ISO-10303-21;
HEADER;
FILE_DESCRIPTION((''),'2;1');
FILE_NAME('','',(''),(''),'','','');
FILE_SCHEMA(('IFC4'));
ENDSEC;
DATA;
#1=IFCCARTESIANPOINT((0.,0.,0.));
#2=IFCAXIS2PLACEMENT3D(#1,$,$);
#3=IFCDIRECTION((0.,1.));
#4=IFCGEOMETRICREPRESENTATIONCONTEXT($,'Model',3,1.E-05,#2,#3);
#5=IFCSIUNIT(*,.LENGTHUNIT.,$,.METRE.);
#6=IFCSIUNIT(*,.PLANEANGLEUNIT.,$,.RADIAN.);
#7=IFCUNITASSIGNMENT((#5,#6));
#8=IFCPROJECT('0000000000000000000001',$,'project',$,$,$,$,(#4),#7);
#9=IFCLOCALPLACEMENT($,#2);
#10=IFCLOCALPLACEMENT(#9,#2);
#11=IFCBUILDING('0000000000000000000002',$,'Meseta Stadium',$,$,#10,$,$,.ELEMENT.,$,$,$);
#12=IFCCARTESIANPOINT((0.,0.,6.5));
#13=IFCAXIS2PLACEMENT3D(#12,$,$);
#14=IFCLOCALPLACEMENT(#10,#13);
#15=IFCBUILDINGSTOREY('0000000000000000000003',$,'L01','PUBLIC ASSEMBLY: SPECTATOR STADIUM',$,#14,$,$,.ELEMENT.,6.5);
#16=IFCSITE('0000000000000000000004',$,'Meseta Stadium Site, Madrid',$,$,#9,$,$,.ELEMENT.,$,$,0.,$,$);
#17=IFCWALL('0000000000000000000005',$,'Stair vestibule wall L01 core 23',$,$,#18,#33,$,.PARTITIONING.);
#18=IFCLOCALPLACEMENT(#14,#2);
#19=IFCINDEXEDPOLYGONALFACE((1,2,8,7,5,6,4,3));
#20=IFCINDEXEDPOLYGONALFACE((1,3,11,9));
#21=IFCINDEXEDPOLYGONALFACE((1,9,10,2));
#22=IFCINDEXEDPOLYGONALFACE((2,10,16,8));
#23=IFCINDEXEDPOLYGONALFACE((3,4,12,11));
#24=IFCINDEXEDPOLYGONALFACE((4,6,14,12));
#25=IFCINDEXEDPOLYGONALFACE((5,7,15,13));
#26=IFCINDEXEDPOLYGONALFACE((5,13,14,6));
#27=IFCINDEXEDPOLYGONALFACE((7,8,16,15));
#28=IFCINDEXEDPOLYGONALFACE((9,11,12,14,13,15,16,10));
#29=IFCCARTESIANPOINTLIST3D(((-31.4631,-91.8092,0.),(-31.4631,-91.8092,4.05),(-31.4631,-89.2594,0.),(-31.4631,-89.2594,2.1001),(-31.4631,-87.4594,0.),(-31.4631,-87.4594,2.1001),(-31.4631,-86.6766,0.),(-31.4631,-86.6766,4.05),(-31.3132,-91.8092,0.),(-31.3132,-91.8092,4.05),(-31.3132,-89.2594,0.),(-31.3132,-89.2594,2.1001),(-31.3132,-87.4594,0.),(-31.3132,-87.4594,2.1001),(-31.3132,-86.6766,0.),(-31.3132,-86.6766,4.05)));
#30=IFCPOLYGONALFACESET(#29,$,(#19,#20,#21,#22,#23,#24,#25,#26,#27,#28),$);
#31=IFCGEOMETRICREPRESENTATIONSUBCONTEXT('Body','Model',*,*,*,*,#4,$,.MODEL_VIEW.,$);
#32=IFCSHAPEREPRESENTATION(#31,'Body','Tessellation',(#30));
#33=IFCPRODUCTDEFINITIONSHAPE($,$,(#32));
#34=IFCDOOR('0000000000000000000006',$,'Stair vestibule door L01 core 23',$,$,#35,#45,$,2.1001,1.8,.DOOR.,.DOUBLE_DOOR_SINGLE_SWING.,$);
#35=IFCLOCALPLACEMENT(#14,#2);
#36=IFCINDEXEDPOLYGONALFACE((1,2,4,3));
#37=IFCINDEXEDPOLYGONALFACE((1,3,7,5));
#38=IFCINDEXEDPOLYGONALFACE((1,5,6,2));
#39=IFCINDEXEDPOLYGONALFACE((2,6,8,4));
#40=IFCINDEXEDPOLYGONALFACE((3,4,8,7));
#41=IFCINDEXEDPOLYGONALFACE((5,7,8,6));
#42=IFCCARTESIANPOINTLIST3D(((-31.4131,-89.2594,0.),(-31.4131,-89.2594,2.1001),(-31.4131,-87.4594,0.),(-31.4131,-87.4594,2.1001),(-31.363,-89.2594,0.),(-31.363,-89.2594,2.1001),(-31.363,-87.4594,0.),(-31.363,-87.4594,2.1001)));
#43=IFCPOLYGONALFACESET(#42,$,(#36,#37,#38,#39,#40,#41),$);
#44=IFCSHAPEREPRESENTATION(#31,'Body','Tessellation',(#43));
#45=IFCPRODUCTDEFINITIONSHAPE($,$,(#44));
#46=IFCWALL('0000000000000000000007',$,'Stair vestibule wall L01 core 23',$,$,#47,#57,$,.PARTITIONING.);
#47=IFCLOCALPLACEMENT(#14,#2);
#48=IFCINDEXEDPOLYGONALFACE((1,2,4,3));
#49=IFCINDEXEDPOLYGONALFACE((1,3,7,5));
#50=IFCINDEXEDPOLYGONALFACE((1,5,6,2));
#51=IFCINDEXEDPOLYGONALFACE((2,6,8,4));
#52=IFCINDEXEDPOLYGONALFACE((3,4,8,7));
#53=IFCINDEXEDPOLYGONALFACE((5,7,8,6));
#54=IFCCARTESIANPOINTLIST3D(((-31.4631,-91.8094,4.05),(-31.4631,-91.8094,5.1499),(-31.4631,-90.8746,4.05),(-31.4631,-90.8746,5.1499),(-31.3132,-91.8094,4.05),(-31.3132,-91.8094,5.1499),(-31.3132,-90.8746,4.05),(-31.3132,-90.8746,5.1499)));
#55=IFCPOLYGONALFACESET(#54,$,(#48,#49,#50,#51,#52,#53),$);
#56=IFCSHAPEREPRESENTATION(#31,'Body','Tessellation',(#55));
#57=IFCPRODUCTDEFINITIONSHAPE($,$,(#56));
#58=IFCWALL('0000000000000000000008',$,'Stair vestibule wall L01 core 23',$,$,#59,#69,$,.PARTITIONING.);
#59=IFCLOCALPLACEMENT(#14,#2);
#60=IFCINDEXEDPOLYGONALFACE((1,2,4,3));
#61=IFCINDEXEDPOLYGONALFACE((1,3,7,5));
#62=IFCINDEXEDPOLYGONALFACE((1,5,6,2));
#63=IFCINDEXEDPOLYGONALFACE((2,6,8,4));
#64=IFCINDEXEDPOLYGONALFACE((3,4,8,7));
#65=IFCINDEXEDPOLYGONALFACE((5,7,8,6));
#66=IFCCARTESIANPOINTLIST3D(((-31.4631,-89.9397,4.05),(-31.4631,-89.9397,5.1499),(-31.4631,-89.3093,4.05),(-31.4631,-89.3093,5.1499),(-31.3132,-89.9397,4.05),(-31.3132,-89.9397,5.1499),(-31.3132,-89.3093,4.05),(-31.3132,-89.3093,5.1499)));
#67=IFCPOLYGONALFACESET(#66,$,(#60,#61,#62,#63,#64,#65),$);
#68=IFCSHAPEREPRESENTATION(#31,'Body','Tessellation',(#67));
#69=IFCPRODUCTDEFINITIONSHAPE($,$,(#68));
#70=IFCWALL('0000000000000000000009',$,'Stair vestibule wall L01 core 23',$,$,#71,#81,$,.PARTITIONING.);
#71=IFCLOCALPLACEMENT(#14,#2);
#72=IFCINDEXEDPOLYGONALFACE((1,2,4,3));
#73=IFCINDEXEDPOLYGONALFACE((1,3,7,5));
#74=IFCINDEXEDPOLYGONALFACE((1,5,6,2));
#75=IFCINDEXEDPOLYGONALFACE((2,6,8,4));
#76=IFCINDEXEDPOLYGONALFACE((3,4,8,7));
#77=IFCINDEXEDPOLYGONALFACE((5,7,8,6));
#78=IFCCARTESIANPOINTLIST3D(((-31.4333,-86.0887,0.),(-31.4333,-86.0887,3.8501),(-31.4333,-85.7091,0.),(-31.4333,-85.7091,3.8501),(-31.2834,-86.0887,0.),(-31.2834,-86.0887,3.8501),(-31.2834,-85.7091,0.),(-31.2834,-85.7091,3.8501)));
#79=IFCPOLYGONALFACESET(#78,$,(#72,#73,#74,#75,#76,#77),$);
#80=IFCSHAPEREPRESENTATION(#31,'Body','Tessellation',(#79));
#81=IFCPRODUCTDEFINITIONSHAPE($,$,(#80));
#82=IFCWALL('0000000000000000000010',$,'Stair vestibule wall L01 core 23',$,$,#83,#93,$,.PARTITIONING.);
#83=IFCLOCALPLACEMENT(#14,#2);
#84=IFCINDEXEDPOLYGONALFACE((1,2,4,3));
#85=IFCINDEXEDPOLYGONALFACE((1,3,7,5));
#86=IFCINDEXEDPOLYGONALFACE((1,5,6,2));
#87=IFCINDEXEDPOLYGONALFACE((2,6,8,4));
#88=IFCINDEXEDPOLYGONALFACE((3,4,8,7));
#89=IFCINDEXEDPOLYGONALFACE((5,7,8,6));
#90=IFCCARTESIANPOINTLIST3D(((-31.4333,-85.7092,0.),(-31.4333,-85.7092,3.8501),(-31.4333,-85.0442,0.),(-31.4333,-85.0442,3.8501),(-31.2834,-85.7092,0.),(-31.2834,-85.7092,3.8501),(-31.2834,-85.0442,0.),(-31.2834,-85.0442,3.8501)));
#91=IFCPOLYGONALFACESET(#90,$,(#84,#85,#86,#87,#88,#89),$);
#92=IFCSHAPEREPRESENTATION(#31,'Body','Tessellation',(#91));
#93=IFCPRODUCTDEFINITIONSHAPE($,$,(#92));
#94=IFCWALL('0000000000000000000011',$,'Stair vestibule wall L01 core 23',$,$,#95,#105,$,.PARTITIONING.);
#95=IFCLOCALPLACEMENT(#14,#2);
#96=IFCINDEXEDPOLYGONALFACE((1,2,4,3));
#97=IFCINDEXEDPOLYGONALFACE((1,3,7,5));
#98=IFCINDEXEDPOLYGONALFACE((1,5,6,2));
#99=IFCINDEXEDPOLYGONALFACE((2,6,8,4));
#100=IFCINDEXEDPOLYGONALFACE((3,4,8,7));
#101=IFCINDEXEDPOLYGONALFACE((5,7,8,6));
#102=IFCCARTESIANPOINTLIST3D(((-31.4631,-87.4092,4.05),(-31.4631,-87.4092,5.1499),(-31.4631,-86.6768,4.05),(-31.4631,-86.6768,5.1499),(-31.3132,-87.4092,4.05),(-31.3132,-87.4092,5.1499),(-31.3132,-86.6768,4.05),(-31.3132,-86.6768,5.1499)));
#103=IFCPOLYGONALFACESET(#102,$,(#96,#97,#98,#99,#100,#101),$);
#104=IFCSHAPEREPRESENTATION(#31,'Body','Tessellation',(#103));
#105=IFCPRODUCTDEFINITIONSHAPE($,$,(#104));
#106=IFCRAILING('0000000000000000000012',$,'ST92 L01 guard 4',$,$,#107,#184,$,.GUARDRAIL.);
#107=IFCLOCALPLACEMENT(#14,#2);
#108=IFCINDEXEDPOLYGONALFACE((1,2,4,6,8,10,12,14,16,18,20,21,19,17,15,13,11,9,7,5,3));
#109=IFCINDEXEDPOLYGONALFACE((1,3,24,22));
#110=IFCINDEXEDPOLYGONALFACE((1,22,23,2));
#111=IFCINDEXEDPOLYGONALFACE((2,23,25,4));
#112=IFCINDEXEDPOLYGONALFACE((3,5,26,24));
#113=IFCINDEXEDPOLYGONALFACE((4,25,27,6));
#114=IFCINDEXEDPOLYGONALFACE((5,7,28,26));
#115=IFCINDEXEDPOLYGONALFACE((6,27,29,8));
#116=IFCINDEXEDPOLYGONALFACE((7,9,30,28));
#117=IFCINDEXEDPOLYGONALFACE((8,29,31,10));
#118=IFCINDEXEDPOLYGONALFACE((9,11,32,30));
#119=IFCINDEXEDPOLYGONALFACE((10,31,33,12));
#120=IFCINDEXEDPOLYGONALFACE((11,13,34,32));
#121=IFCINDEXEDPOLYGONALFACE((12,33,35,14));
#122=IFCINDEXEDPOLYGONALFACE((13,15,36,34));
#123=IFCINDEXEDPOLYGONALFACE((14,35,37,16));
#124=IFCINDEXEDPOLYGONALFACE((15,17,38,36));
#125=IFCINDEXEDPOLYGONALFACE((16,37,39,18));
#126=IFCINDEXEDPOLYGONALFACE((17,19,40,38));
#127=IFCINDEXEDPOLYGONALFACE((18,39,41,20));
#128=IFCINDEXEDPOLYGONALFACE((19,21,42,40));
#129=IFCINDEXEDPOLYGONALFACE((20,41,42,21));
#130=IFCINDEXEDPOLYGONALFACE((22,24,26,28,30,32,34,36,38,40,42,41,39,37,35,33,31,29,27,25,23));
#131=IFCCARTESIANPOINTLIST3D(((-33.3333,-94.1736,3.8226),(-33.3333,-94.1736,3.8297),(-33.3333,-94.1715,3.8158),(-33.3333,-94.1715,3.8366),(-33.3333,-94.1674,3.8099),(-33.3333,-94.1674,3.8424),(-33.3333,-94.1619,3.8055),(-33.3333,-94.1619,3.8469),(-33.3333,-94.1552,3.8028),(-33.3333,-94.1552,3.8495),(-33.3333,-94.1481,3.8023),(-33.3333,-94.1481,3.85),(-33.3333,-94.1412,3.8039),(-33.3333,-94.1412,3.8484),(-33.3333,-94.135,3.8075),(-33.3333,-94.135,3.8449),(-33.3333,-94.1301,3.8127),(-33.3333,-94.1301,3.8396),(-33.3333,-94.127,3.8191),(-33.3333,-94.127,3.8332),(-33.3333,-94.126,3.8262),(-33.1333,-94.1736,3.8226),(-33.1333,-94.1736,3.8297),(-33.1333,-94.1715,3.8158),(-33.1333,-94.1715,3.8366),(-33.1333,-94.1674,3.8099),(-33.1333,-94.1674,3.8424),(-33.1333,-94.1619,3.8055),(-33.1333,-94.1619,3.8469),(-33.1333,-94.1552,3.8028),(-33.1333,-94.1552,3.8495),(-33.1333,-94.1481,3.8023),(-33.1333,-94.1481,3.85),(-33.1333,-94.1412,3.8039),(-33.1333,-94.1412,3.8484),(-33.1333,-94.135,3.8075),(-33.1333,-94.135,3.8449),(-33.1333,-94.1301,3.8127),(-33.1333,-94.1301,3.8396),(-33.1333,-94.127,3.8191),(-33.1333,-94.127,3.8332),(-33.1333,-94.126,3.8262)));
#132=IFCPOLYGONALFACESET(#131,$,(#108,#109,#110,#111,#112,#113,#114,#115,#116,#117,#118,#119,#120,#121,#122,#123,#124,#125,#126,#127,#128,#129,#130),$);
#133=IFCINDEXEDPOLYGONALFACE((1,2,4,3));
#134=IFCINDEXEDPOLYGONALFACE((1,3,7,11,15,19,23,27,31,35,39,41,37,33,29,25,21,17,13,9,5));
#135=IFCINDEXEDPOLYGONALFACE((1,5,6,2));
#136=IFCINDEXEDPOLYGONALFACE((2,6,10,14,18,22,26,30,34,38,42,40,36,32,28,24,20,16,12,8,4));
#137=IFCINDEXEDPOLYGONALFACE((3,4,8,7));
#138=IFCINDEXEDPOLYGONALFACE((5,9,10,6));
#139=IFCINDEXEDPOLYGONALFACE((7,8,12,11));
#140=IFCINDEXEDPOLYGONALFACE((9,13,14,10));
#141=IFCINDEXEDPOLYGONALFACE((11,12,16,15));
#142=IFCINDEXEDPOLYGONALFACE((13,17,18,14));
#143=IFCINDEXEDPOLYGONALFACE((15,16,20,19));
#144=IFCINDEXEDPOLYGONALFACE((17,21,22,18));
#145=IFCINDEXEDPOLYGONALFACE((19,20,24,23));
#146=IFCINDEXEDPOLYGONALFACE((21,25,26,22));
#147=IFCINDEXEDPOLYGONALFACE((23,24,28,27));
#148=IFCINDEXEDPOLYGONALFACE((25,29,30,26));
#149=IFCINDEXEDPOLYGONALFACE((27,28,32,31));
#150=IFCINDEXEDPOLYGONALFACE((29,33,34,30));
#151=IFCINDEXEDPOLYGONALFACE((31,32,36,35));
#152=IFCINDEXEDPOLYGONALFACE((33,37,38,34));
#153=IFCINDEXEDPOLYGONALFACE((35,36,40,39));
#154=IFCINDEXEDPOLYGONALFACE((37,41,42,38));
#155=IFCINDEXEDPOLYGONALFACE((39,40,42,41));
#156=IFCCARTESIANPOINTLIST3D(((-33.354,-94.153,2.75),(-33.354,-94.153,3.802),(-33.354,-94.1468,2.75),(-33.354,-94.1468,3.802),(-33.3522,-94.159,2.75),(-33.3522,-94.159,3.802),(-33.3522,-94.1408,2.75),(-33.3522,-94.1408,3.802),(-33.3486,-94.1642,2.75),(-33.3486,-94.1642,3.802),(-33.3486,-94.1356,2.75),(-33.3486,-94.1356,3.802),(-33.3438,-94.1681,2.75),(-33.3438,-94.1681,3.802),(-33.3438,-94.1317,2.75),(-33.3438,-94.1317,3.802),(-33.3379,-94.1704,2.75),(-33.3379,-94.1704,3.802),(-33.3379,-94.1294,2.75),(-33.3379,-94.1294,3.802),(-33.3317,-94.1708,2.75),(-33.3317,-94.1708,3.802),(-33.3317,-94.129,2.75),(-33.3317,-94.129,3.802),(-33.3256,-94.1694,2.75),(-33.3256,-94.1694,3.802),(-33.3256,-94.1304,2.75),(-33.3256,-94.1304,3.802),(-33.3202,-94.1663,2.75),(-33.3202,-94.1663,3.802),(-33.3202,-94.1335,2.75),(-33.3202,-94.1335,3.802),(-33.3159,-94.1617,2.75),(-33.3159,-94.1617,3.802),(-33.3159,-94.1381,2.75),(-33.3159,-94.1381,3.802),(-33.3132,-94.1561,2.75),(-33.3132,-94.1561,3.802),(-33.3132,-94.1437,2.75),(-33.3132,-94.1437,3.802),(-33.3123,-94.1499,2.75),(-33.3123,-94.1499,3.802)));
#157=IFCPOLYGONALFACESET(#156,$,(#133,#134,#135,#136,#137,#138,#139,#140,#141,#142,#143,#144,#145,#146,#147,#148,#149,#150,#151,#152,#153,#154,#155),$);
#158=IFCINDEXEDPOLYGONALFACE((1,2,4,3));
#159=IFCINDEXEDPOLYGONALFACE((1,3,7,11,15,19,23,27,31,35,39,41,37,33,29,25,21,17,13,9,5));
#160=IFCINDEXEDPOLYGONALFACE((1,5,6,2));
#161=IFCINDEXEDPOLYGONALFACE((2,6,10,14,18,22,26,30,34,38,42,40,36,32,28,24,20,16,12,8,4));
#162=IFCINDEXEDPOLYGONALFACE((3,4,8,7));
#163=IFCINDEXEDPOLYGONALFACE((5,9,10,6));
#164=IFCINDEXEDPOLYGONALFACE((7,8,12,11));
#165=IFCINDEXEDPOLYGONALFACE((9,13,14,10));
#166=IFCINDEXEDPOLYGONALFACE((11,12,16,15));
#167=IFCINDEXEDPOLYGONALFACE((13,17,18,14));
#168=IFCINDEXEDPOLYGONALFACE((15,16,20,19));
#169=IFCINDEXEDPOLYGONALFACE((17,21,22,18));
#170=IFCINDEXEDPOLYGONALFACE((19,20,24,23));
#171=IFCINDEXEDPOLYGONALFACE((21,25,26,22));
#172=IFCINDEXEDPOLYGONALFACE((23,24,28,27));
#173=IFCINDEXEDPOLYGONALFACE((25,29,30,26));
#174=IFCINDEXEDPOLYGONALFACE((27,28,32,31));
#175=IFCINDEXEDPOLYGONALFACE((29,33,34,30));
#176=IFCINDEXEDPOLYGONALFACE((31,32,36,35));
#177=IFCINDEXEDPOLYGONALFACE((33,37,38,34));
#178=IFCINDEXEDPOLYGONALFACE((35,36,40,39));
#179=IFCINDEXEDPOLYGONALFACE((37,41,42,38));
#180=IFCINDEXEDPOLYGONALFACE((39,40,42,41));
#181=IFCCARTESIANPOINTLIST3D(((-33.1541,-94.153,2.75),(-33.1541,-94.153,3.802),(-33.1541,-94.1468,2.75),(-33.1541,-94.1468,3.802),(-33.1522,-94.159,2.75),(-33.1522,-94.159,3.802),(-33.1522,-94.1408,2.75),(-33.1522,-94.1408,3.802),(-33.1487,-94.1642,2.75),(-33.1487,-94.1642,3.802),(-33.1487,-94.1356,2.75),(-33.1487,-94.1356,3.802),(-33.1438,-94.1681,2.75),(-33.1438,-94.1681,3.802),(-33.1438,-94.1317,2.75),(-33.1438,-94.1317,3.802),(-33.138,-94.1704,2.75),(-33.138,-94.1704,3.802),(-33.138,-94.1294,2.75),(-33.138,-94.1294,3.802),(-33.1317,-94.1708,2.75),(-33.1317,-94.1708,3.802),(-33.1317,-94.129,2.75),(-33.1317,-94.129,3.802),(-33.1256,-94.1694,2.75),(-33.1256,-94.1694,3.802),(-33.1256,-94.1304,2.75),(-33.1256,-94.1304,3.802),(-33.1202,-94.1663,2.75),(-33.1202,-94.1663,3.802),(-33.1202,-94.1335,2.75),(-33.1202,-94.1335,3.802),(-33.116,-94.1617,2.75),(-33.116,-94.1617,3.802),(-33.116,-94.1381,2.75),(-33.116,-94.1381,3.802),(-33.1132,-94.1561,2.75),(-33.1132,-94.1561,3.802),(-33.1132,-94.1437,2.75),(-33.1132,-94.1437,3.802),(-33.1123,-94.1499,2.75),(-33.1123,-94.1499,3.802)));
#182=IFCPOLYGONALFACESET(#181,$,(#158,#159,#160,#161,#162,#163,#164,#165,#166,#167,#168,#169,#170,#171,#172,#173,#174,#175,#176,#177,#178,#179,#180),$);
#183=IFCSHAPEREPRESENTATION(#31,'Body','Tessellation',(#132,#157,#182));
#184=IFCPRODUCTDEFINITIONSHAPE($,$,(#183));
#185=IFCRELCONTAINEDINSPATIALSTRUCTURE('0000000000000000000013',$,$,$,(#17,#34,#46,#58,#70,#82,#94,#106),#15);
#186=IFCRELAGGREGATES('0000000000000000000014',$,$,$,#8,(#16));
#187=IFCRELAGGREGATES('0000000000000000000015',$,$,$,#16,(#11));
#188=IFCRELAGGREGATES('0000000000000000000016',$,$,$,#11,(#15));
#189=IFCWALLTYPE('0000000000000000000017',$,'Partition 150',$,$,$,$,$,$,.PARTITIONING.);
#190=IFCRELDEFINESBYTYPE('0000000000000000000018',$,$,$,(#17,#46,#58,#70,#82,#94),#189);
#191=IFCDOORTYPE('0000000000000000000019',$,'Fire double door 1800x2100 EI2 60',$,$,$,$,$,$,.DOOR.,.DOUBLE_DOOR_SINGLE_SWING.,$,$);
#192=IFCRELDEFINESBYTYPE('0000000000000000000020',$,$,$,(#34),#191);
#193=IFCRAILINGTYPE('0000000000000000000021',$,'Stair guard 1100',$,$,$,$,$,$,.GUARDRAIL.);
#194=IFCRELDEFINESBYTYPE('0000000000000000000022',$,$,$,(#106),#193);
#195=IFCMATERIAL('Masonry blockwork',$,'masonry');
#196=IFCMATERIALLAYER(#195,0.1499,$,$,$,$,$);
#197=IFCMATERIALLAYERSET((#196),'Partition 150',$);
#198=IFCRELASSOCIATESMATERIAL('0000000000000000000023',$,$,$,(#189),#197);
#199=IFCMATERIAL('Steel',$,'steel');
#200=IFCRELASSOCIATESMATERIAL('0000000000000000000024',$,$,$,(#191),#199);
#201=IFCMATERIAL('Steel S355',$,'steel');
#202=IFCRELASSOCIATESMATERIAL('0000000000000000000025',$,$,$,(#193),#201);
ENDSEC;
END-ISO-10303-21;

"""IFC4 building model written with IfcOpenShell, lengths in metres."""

from ifc_helpers import new_model, si_unit, direction, frame, frame_2d, origin, origin_2d, place, context, subcontext, project, spatial, rectangle, circle, extrude, material, layer, layer_set, type_object, element, fill, save


model = new_model("IFC4")

# Units and contexts
model_context = context("Model", 3, precision=1e-05, world=origin(), true_north=direction((0.0, 1.0)))
body_context = subcontext(model_context, "Body", "Model", "MODEL_VIEW")
ifc_project = project(units=[si_unit("LENGTHUNIT", "METRE"), si_unit("PLANEANGLEUNIT", "RADIAN")], contexts=[model_context])

# Site, building, storey
site_placement = place(None, origin())
site = spatial("IfcSite", under=ifc_project, at=site_placement, Name="Meseta Stadium Site, Madrid", CompositionType="ELEMENT", RefElevation=0.0)
building_placement = place(site_placement, origin())
building = spatial("IfcBuilding", under=site, at=building_placement, Name="Meseta Stadium", CompositionType="ELEMENT")
storey_placement = place(building_placement, frame((0.0, 0.0, 6.5)))
storey = spatial("IfcBuildingStorey", under=building, at=storey_placement, Name="L01", Description="PUBLIC ASSEMBLY: SPECTATOR STADIUM", CompositionType="ELEMENT", Elevation=6.5)

# Shared definitions
ifc_material_1 = material(Name="Masonry blockwork", Category="masonry")
ifc_layer_1 = layer(ifc_material_1, 0.1499)
ifc_layer_set_1 = layer_set([ifc_layer_1], Name="Partition 150")
wall_type_1 = type_object("IfcWallType", Name="Partition 150", PredefinedType="PARTITIONING", material=ifc_layer_set_1)

# Wall, opening, door
wall_1_placement = place(storey_placement, frame((-31.3882, -91.8093, 0.0), z_axis=(0.0, 0.0, 1.0), x_axis=(0.0, 1.0, 0.0)))
wall_1 = element("IfcWall", 1, at=wall_1_placement, inside=storey, type_object=wall_type_1, Name="Stair vestibule wall L01 core 23", PredefinedType="PARTITIONING", context=body_context, shape_type="SweptSolid", body=[
    extrude(rectangle(XDim=5.1326, YDim=0.1499, at=frame_2d((2.5664, 0.0))), origin(), (0.0, 0.0, 1.0), 4.05),
])
opening_1_placement = place(wall_1_placement, frame((2.55, 0.0, 0.0)))
opening_1 = element("IfcOpeningElement", 2, at=opening_1_placement, cuts=wall_1, PredefinedType="OPENING", context=body_context, shape_type="SweptSolid", body=[
    extrude(rectangle(XDim=1.8, YDim=2.1001, at=frame_2d((0.8999, 1.05))), frame((0.0, 0.085, 0.0), z_axis=(0.0, -1.0, 0.0), x_axis=(1.0, 0.0, 0.0)), (0.0, 0.0, 1.0), 0.1699),
])
ifc_material_2 = material(Name="Steel", Category="steel")
door_type_1 = type_object("IfcDoorType", Name="Fire double door 1800x2100 EI2 60", OperationType="DOUBLE_DOOR_SINGLE_SWING", PredefinedType="DOOR", material=ifc_material_2)
door_1_placement = place(opening_1_placement, origin())
door_1 = element("IfcDoor", 3, at=door_1_placement, inside=storey, type_object=door_type_1, Name="Stair vestibule door L01 core 23", OperationType="DOUBLE_DOOR_SINGLE_SWING", OverallHeight=2.1001, OverallWidth=1.8, PredefinedType="DOOR", context=body_context, shape_type="SweptSolid", body=[
    extrude(rectangle(XDim=1.8, YDim=2.1001, at=frame_2d((0.8999, 1.05))), frame((0.0, 0.0249, 0.0), z_axis=(0.0, -1.0, 0.0), x_axis=(1.0, 0.0, 0.0)), (0.0, 0.0, 1.0), 0.05),
])
fill(opening_1, door_1)

# Walls
wall_2_placement = place(storey_placement, frame((-31.3882, -91.8093, 4.05), z_axis=(0.0, 0.0, 1.0), x_axis=(0.0, 1.0, 0.0)))
element("IfcWall", 4, at=wall_2_placement, inside=storey, type_object=wall_type_1, Name="Stair vestibule wall L01 core 23", PredefinedType="PARTITIONING", context=body_context, shape_type="SweptSolid", body=[
    extrude(rectangle(XDim=0.9348, YDim=0.1499, at=frame_2d((0.4673, 0.0))), origin(), (0.0, 0.0, 1.0), 1.0999),
])
wall_3_placement = place(storey_placement, frame((-31.3882, -89.9397, 4.05), z_axis=(0.0, 0.0, 1.0), x_axis=(0.0, 1.0, 0.0)))
element("IfcWall", 5, at=wall_3_placement, inside=storey, type_object=wall_type_1, Name="Stair vestibule wall L01 core 23", PredefinedType="PARTITIONING", context=body_context, shape_type="SweptSolid", body=[
    extrude(rectangle(XDim=0.6304, YDim=0.1499, at=frame_2d((0.3152, 0.0))), origin(), (0.0, 0.0, 1.0), 1.0999),
])
wall_4_placement = place(storey_placement, frame((-31.3584, -86.0889, 0.0), z_axis=(0.0, 0.0, 1.0), x_axis=(0.0, 1.0, 0.0)))
element("IfcWall", 6, at=wall_4_placement, inside=storey, type_object=wall_type_1, Name="Stair vestibule wall L01 core 23", PredefinedType="PARTITIONING", context=body_context, shape_type="SweptSolid", body=[
    extrude(rectangle(XDim=0.3796, YDim=0.1499, at=frame_2d((0.1899, 0.0))), origin(), (0.0, 0.0, 1.0), 3.8501),
])
wall_5_placement = place(storey_placement, frame((-31.3584, -85.7092, 0.0), z_axis=(0.0, 0.0, 1.0), x_axis=(0.0, 1.0, 0.0)))
element("IfcWall", 7, at=wall_5_placement, inside=storey, type_object=wall_type_1, Name="Stair vestibule wall L01 core 23", PredefinedType="PARTITIONING", context=body_context, shape_type="SweptSolid", body=[
    extrude(rectangle(XDim=0.665, YDim=0.1499, at=frame_2d((0.3325, 0.0))), origin(), (0.0, 0.0, 1.0), 3.8501),
])
wall_6_placement = place(storey_placement, frame((-31.3882, -87.4092, 4.05), z_axis=(0.0, 0.0, 1.0), x_axis=(0.0, 1.0, 0.0)))
element("IfcWall", 8, at=wall_6_placement, inside=storey, type_object=wall_type_1, Name="Stair vestibule wall L01 core 23", PredefinedType="PARTITIONING", context=body_context, shape_type="SweptSolid", body=[
    extrude(rectangle(XDim=0.7324, YDim=0.1499, at=frame_2d((0.3662, 0.0))), origin(), (0.0, 0.0, 1.0), 1.0999),
])

# Railing
ifc_material_3 = material(Name="Steel S355", Category="steel")
railing_type = type_object("IfcRailingType", Name="Stair guard 1100", PredefinedType="GUARDRAIL", material=ifc_material_3)
for number, where, name in (
    (9, (-33.3333, -94.1499, 2.75), "ST92 L01 guard 4"),
):
    element("IfcRailing", number, at=place(storey_placement, frame(where)), inside=storey, type_object=railing_type, Name=name, PredefinedType="GUARDRAIL", context=body_context, shape_type="SweptSolid", body=[
        extrude(circle(Radius=0.0239, at=origin_2d()), frame((0.0, 0.0, 1.0762), z_axis=(1.0, 0.0, 0.0), x_axis=(0.0, 1.0, 0.0)), (0.0, 0.0, 1.0), 0.2),
        extrude(circle(Radius=0.021, at=origin_2d()), origin(), (0.0, 0.0, 1.0), 1.052),
        extrude(circle(Radius=0.021, at=origin_2d()), frame((0.2, 0.0, 0.0)), (0.0, 0.0, 1.0), 1.052),
    ])

save(model, "model.ifc")
